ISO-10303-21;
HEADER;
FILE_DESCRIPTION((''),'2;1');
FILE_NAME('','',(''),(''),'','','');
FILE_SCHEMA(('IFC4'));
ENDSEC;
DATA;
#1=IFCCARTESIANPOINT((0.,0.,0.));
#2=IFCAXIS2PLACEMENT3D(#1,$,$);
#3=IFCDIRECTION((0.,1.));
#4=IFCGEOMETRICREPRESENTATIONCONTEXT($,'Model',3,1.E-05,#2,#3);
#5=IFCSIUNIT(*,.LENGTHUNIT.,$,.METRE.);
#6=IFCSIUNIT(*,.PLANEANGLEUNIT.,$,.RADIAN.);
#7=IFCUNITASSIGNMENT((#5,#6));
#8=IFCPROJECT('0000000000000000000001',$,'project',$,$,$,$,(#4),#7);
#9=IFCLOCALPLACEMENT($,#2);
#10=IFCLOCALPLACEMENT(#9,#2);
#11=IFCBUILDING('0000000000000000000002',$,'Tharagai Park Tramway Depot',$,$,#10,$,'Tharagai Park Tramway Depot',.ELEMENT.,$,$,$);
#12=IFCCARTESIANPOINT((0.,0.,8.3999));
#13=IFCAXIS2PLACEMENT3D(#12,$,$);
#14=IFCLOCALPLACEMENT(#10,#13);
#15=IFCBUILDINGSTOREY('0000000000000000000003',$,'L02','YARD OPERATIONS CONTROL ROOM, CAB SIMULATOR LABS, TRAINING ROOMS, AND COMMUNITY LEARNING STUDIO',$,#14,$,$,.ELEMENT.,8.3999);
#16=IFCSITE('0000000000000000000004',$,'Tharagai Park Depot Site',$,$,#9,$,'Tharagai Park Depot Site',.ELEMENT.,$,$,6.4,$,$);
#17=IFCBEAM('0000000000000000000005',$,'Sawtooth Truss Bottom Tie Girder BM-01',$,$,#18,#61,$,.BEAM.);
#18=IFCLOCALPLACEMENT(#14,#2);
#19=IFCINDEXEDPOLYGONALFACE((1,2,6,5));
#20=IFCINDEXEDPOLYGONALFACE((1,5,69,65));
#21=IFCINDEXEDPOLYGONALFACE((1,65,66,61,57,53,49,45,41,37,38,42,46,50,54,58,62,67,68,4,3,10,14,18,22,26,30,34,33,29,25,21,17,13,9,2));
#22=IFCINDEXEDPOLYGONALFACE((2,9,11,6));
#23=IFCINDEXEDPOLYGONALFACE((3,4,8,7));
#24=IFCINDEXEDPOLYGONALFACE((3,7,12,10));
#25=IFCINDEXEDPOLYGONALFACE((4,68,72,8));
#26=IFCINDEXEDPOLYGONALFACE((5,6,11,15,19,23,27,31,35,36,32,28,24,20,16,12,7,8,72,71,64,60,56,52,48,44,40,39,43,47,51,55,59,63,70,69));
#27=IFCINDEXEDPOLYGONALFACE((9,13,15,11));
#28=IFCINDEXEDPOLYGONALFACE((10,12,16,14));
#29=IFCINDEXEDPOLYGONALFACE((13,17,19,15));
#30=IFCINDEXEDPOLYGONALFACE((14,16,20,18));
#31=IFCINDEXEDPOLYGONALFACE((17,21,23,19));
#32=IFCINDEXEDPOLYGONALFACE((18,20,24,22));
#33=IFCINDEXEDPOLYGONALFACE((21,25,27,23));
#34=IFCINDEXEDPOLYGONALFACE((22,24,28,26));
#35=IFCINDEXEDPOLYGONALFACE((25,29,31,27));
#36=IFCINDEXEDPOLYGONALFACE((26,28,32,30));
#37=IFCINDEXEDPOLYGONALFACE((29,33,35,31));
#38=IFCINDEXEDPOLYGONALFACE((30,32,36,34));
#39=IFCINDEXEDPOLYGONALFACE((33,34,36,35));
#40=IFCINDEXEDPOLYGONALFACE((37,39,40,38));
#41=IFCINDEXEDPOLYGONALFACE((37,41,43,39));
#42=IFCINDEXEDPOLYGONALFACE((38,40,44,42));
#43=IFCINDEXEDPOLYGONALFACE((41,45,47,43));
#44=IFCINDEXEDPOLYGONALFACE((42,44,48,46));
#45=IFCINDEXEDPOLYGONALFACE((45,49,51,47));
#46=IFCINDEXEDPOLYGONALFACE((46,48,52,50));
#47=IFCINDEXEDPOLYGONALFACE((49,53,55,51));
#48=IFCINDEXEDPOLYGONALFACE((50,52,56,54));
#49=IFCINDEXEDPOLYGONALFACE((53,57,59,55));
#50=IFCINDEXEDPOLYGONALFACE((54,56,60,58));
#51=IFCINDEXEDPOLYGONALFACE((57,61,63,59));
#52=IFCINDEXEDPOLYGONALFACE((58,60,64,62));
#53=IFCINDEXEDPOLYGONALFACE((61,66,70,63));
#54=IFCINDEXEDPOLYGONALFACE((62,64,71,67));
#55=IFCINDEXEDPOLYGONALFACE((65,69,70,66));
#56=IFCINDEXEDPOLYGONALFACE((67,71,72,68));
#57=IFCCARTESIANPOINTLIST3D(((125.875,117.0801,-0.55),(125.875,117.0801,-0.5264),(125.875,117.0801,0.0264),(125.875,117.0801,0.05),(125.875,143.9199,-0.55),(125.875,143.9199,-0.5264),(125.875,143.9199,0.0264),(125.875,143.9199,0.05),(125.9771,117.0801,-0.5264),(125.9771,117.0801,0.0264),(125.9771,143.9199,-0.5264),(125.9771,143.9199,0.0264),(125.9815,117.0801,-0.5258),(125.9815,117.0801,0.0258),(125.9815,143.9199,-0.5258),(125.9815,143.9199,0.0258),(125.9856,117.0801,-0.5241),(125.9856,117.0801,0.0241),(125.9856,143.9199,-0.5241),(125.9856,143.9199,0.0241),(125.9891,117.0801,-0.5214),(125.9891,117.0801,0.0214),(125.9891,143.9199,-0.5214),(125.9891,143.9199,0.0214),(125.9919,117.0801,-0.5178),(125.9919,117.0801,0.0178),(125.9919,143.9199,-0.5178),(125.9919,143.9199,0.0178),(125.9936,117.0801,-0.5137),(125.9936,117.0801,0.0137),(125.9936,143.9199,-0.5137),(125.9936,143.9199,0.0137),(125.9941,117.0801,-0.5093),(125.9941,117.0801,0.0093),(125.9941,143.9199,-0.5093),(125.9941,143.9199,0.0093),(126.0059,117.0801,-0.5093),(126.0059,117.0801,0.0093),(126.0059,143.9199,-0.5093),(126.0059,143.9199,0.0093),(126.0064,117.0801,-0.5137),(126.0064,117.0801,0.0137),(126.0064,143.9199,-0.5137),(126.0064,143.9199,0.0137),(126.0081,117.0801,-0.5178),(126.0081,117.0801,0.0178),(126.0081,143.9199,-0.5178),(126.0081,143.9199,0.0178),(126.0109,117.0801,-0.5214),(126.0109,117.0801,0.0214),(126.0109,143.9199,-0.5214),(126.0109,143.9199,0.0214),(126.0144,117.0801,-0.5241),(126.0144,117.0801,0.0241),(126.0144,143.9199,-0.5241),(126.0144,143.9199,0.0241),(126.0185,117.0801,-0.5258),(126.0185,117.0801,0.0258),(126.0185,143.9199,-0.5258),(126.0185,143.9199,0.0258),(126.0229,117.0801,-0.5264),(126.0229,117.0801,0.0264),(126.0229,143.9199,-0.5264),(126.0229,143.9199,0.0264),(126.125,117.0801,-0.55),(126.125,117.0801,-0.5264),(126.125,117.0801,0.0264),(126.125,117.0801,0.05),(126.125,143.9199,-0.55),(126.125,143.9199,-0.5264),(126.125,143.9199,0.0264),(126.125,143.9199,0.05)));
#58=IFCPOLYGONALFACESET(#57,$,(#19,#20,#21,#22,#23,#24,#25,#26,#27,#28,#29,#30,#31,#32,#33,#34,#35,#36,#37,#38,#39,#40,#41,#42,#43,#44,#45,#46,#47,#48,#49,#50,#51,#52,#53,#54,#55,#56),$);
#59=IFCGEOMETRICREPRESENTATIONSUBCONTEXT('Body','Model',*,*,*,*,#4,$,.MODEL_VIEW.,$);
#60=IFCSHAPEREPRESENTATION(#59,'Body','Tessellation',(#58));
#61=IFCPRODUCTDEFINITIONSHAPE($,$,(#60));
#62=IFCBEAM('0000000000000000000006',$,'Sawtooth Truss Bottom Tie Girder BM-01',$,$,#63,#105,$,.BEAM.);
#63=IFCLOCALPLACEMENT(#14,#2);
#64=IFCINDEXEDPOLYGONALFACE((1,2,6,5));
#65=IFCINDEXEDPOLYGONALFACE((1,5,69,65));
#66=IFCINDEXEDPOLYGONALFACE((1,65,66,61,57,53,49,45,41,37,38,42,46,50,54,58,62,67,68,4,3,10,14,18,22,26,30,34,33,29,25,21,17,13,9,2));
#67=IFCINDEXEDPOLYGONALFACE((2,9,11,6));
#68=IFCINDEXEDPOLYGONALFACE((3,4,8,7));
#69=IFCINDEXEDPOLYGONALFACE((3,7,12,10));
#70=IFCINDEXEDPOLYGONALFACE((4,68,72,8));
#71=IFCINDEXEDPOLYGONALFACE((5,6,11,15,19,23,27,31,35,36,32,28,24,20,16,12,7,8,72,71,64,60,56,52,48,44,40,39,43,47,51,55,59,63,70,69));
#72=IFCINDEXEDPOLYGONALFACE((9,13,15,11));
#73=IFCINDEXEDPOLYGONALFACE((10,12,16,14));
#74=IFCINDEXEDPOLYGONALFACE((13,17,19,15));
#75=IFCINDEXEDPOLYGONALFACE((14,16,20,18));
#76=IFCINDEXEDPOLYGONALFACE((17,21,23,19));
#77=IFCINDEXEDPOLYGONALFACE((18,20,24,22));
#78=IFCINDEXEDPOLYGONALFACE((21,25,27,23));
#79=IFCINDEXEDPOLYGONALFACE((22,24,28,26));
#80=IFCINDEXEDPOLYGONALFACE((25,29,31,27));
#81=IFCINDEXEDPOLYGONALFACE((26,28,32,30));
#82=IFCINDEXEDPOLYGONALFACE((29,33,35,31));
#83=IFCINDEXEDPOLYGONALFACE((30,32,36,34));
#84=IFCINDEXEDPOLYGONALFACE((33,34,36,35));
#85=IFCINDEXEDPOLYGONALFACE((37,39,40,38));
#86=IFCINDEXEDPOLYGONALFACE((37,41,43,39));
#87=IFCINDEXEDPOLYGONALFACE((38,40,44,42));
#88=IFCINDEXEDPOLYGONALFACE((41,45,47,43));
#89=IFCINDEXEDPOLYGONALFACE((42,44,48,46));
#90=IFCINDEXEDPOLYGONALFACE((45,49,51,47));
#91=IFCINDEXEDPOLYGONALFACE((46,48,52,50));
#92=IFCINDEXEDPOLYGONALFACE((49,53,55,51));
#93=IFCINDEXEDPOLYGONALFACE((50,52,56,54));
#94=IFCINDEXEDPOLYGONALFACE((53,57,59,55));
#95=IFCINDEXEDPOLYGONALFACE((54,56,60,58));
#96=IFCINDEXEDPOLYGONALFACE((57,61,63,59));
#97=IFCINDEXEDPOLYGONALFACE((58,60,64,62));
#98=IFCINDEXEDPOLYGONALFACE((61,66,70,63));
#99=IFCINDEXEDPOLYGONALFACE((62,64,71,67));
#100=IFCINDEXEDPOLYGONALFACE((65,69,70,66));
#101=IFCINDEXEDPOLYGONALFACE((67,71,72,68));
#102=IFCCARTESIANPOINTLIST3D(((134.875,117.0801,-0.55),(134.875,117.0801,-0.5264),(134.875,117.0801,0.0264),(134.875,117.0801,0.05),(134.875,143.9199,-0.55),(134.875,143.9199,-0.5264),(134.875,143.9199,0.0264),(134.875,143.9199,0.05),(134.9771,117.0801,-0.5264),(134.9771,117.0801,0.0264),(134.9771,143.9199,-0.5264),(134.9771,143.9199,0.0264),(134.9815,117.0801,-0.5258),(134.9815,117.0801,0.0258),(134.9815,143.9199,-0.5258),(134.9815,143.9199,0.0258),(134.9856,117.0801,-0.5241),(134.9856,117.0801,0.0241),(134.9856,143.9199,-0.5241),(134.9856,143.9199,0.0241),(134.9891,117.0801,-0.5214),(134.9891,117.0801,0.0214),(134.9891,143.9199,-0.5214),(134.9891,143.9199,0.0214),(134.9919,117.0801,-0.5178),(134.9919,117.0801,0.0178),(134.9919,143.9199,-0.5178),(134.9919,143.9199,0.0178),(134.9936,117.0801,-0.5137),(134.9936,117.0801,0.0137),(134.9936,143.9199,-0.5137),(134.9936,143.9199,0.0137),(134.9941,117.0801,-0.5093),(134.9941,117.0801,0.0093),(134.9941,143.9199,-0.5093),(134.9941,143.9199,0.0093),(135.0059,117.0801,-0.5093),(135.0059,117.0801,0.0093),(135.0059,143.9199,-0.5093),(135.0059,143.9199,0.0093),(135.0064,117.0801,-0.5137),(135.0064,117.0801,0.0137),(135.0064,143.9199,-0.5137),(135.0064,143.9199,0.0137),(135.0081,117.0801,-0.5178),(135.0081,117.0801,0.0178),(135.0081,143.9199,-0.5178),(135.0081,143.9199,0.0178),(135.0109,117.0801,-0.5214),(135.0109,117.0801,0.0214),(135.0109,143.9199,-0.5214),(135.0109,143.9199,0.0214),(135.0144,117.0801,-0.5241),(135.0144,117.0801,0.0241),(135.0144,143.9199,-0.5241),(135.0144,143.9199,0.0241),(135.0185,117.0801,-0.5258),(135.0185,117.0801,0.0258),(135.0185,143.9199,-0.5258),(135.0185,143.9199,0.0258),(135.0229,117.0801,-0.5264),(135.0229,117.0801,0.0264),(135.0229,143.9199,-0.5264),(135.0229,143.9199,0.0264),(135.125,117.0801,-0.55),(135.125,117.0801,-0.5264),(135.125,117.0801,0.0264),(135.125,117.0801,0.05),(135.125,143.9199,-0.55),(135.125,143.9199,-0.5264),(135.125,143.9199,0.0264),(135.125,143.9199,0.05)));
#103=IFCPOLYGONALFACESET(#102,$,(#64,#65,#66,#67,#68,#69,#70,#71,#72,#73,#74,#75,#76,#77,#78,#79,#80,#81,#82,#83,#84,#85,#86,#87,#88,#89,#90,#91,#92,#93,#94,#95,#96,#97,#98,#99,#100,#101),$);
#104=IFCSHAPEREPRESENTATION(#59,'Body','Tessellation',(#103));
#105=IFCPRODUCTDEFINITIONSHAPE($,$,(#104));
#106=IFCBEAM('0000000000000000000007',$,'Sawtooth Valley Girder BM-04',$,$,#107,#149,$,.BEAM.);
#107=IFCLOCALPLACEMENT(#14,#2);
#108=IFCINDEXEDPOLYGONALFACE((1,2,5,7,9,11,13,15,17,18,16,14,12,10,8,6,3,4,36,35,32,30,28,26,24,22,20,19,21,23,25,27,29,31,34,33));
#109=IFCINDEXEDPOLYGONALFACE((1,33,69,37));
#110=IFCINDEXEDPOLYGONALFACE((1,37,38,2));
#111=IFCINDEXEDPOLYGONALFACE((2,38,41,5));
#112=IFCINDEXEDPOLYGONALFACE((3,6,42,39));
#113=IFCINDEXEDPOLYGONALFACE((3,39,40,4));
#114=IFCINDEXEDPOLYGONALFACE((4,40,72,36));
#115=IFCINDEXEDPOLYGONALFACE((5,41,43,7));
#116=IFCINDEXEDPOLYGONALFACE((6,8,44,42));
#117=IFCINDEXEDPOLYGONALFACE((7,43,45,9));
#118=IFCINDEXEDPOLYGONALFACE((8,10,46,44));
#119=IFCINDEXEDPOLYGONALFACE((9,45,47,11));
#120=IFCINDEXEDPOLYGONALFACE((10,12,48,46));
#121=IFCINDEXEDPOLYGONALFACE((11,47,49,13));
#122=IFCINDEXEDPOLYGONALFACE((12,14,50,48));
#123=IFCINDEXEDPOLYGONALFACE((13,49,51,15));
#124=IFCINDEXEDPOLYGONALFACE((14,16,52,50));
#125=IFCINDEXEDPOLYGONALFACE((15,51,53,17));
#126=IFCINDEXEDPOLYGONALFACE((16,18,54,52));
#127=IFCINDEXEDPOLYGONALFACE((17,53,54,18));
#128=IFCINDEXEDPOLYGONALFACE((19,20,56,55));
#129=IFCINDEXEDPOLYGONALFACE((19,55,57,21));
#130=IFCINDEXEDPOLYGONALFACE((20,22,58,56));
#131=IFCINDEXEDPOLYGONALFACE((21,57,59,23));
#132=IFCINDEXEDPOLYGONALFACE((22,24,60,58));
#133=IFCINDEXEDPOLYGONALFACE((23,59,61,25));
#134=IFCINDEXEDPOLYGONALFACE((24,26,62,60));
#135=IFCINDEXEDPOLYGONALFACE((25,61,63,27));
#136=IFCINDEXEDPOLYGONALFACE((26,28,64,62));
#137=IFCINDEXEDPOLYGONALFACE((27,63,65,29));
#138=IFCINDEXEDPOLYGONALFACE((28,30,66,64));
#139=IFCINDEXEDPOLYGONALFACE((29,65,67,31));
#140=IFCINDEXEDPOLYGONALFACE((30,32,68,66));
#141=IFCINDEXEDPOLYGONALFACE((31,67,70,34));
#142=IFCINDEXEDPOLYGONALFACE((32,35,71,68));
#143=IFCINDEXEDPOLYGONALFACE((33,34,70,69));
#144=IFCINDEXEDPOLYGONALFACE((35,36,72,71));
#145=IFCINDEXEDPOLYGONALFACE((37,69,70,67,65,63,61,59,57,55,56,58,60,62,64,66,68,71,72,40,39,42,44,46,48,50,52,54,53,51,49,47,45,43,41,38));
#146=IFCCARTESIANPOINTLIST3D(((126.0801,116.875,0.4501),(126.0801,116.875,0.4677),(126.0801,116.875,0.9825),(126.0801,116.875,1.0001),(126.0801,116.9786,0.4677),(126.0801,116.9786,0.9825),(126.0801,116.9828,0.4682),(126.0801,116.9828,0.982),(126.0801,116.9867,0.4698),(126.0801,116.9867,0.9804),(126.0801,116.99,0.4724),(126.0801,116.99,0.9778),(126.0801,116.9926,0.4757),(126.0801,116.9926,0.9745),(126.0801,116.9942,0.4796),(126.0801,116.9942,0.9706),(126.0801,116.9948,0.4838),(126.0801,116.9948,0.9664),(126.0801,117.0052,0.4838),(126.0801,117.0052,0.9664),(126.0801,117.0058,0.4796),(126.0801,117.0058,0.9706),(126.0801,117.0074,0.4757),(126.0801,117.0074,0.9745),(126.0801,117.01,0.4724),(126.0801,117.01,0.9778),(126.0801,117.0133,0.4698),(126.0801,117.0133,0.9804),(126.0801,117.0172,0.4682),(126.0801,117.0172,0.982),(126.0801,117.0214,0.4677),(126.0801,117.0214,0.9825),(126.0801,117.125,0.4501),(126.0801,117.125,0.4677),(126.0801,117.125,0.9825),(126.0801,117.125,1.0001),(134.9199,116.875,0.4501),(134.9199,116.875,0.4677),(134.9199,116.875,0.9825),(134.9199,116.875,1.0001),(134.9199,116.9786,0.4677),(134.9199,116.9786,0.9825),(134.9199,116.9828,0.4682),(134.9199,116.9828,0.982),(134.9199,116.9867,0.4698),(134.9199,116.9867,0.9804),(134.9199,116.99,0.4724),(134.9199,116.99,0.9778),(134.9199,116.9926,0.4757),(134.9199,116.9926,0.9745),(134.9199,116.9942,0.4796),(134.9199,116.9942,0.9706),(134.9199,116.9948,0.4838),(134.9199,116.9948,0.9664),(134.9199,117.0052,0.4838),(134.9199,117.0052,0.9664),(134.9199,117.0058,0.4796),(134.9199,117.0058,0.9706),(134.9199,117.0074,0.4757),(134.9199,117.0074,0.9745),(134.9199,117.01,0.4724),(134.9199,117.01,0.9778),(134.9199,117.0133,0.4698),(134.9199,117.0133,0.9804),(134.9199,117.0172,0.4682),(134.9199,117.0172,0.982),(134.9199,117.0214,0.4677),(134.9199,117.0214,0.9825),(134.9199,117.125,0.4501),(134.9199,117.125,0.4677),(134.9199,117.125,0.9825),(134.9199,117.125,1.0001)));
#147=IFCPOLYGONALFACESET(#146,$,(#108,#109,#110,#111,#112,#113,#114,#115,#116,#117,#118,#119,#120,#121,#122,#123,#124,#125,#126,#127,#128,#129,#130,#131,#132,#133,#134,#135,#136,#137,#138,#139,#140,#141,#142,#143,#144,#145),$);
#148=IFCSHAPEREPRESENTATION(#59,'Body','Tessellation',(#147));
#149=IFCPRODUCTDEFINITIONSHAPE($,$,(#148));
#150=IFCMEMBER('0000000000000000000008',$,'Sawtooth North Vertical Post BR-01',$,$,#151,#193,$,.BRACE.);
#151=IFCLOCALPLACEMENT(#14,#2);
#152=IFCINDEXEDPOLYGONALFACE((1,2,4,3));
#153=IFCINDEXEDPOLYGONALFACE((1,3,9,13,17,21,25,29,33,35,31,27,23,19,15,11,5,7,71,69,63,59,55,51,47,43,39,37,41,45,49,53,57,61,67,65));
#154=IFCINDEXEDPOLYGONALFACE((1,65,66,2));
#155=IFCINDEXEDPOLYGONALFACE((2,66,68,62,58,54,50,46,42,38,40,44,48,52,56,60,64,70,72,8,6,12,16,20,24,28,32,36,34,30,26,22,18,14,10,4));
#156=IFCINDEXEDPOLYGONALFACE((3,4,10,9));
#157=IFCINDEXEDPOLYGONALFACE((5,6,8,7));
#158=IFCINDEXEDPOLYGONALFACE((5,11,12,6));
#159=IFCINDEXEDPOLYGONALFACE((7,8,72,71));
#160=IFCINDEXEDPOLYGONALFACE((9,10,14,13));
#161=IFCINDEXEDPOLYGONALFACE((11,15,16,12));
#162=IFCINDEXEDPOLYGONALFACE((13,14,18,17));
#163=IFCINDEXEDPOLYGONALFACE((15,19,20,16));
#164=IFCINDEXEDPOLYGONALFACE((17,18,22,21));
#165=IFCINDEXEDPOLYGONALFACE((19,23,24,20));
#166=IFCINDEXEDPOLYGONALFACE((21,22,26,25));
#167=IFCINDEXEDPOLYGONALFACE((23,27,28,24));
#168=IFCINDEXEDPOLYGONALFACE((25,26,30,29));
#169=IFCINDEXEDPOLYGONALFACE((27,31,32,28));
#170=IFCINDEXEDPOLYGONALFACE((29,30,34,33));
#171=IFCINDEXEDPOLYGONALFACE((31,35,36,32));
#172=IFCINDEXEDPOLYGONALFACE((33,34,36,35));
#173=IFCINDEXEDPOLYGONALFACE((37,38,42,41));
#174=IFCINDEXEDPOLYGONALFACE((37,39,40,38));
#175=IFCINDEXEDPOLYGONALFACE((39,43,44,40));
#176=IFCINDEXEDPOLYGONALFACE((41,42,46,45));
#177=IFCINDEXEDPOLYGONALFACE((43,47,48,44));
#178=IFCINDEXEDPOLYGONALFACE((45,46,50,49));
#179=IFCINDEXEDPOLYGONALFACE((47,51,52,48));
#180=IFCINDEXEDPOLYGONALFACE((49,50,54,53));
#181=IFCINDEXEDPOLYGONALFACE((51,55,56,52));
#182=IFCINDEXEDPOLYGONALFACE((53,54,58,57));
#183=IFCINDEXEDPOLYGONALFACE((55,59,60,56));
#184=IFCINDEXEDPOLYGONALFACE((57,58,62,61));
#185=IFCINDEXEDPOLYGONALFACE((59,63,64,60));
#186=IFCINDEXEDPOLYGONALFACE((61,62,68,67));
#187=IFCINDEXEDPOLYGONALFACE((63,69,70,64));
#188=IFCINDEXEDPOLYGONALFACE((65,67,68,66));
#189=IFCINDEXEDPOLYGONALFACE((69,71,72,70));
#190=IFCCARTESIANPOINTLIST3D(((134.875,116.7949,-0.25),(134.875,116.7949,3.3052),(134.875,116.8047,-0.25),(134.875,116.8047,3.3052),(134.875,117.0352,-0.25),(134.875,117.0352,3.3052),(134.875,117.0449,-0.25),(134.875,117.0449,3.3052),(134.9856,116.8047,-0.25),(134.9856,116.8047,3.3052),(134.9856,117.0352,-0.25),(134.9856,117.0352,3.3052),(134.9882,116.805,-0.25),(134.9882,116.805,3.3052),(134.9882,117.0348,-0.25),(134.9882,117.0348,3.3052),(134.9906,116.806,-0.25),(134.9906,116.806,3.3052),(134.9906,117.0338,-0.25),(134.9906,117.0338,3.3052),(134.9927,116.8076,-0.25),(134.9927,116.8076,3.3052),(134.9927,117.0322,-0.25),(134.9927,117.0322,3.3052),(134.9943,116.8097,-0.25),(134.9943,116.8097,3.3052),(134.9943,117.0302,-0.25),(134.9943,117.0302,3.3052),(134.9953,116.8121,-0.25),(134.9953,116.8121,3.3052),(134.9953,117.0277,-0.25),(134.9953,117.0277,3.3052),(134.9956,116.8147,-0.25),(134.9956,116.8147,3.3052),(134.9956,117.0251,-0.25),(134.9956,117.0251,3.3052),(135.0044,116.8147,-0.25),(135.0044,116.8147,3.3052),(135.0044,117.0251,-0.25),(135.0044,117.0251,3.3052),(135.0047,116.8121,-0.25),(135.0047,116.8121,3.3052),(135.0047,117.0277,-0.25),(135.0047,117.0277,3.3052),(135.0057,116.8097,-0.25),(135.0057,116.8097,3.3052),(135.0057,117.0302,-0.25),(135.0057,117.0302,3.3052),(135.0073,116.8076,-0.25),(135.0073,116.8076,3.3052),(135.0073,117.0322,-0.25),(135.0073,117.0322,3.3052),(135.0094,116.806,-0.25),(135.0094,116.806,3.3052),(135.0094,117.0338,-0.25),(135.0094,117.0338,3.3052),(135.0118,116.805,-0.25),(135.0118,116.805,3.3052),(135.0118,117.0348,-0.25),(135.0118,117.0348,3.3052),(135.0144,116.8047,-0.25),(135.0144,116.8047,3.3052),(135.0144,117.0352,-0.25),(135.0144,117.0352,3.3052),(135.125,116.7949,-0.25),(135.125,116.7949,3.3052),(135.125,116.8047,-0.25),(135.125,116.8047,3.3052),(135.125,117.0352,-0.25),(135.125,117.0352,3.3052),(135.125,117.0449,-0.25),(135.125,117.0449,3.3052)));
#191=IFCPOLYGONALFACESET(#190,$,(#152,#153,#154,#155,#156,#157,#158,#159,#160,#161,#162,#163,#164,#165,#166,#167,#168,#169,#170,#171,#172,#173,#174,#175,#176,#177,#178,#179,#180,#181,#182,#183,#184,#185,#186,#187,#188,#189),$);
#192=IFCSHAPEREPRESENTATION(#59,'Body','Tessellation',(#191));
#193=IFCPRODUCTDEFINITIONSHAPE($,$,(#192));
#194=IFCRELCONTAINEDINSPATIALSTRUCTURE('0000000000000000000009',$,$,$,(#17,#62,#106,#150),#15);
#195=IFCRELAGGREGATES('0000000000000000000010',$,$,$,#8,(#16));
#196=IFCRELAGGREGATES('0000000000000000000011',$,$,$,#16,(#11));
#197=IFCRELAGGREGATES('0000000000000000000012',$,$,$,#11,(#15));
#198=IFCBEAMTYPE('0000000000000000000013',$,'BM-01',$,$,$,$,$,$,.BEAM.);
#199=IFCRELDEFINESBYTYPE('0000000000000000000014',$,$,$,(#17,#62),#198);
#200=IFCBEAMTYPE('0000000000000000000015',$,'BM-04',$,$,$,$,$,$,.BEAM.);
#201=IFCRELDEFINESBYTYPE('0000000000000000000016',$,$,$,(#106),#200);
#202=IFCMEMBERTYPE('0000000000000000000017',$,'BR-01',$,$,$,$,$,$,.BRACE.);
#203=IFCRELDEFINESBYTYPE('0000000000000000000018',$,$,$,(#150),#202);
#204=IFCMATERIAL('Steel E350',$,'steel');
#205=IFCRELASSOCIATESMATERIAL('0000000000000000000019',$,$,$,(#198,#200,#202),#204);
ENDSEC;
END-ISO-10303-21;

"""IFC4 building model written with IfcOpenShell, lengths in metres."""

from ifc_helpers import new_model, si_unit, direction, frame, origin, origin_2d, place, context, subcontext, project, spatial, i_section, extrude, material, material_profile, profile_set, type_object, element, save


model = new_model("IFC4")

# Units and contexts
model_context = context("Model", 3, precision=1e-05, world=origin(), true_north=direction((0.0, 1.0)))
body_context = subcontext(model_context, "Body", "Model", "MODEL_VIEW")
ifc_project = project(units=[si_unit("LENGTHUNIT", "METRE"), si_unit("PLANEANGLEUNIT", "RADIAN")], contexts=[model_context])

# Site, building, storey
site_placement = place(None, origin())
site = spatial("IfcSite", under=ifc_project, at=site_placement, Name="Tharagai Park Depot Site", LongName="Tharagai Park Depot Site", CompositionType="ELEMENT", RefElevation=6.4)
building_placement = place(site_placement, origin())
building = spatial("IfcBuilding", under=site, at=building_placement, Name="Tharagai Park Tramway Depot", LongName="Tharagai Park Tramway Depot", CompositionType="ELEMENT")
storey_placement = place(building_placement, frame((0.0, 0.0, 8.3999)))
storey = spatial("IfcBuildingStorey", under=building, at=storey_placement, Name="L02", Description="YARD OPERATIONS CONTROL ROOM, CAB SIMULATOR LABS, TRAINING ROOMS, AND COMMUNITY LEARNING STUDIO", CompositionType="ELEMENT", Elevation=8.3999)

# Beams
ifc_material_1 = material(Name="Steel E350", Category="steel")
ifc_material_profile_1 = material_profile(ifc_material_1, i_section(OverallWidth=0.25, OverallDepth=0.6001, WebThickness=0.0117, FlangeThickness=0.0237, FilletRadius=0.0171, at=origin_2d()), Name="ISWB 600")
ifc_profile_set_1 = profile_set([ifc_material_profile_1], Name="Steel E350")
beam_type_1 = type_object("IfcBeamType", Name="BM-01", PredefinedType="BEAM", material=ifc_profile_set_1)
for number, where, z_axis, x_axis, name in (
    (1, (126.0, 117.0801, -0.25), (0.0, 1.0, 0.0), (-1.0, 0.0, 0.0), "Sawtooth Truss Bottom Tie Girder BM-01"),
    (2, (135.0, 117.0801, -0.25), (0.0, 1.0, 0.0), (-1.0, 0.0, 0.0), "Sawtooth Truss Bottom Tie Girder BM-01"),
):
    element("IfcBeam", number, at=place(storey_placement, frame(where, z_axis=z_axis, x_axis=x_axis)), inside=storey, type_object=beam_type_1, Name=name, PredefinedType="BEAM", context=body_context, shape_type="SweptSolid", body=[
        extrude(i_section(OverallWidth=0.25, OverallDepth=0.6001, WebThickness=0.0117, FlangeThickness=0.0237, FilletRadius=0.0171, at=origin_2d()), origin(), (0.0, 0.0, 1.0), 26.8398),
    ])
ifc_material_profile_2 = material_profile(ifc_material_1, i_section(OverallWidth=0.25, OverallDepth=0.55, WebThickness=0.0105, FlangeThickness=0.0176, FilletRadius=0.0161, at=origin_2d()), Name="ISWB 550")
ifc_profile_set_2 = profile_set([ifc_material_profile_2], Name="Steel E350")
beam_type_2 = type_object("IfcBeamType", Name="BM-04", PredefinedType="BEAM", material=ifc_profile_set_2)
beam_placement = place(storey_placement, frame((126.0801, 117.0, 0.7251), z_axis=(1.0, 0.0, 0.0), x_axis=(0.0, 1.0, 0.0)))
element("IfcBeam", 3, at=beam_placement, inside=storey, type_object=beam_type_2, Name="Sawtooth Valley Girder BM-04", PredefinedType="BEAM", context=body_context, shape_type="SweptSolid", body=[
    extrude(i_section(OverallWidth=0.25, OverallDepth=0.55, WebThickness=0.0105, FlangeThickness=0.0176, FilletRadius=0.0161, at=origin_2d()), origin(), (0.0, 0.0, 1.0), 8.8398),
])

# Member
ifc_material_profile_3 = material_profile(ifc_material_1, i_section(OverallWidth=0.25, OverallDepth=0.25, WebThickness=0.0088, FlangeThickness=0.0098, FilletRadius=0.01, at=origin_2d()), Name="ISHB 250")
ifc_profile_set_3 = profile_set([ifc_material_profile_3], Name="Steel E350")
member_type_1 = type_object("IfcMemberType", Name="BR-01", PredefinedType="BRACE", material=ifc_profile_set_3)
member_1_placement = place(storey_placement, frame((135.0, 116.9199, -0.25), z_axis=(0.0, 0.0, 1.0), x_axis=(1.0, 0.0, 0.0)))
element("IfcMember", 4, at=member_1_placement, inside=storey, type_object=member_type_1, Name="Sawtooth North Vertical Post BR-01", PredefinedType="BRACE", context=body_context, shape_type="SweptSolid", body=[
    extrude(i_section(OverallWidth=0.25, OverallDepth=0.25, WebThickness=0.0088, FlangeThickness=0.0098, FilletRadius=0.01, at=origin_2d()), origin(), (0.0, 0.0, 1.0), 3.5552),
])

save(model, "model.ifc")
